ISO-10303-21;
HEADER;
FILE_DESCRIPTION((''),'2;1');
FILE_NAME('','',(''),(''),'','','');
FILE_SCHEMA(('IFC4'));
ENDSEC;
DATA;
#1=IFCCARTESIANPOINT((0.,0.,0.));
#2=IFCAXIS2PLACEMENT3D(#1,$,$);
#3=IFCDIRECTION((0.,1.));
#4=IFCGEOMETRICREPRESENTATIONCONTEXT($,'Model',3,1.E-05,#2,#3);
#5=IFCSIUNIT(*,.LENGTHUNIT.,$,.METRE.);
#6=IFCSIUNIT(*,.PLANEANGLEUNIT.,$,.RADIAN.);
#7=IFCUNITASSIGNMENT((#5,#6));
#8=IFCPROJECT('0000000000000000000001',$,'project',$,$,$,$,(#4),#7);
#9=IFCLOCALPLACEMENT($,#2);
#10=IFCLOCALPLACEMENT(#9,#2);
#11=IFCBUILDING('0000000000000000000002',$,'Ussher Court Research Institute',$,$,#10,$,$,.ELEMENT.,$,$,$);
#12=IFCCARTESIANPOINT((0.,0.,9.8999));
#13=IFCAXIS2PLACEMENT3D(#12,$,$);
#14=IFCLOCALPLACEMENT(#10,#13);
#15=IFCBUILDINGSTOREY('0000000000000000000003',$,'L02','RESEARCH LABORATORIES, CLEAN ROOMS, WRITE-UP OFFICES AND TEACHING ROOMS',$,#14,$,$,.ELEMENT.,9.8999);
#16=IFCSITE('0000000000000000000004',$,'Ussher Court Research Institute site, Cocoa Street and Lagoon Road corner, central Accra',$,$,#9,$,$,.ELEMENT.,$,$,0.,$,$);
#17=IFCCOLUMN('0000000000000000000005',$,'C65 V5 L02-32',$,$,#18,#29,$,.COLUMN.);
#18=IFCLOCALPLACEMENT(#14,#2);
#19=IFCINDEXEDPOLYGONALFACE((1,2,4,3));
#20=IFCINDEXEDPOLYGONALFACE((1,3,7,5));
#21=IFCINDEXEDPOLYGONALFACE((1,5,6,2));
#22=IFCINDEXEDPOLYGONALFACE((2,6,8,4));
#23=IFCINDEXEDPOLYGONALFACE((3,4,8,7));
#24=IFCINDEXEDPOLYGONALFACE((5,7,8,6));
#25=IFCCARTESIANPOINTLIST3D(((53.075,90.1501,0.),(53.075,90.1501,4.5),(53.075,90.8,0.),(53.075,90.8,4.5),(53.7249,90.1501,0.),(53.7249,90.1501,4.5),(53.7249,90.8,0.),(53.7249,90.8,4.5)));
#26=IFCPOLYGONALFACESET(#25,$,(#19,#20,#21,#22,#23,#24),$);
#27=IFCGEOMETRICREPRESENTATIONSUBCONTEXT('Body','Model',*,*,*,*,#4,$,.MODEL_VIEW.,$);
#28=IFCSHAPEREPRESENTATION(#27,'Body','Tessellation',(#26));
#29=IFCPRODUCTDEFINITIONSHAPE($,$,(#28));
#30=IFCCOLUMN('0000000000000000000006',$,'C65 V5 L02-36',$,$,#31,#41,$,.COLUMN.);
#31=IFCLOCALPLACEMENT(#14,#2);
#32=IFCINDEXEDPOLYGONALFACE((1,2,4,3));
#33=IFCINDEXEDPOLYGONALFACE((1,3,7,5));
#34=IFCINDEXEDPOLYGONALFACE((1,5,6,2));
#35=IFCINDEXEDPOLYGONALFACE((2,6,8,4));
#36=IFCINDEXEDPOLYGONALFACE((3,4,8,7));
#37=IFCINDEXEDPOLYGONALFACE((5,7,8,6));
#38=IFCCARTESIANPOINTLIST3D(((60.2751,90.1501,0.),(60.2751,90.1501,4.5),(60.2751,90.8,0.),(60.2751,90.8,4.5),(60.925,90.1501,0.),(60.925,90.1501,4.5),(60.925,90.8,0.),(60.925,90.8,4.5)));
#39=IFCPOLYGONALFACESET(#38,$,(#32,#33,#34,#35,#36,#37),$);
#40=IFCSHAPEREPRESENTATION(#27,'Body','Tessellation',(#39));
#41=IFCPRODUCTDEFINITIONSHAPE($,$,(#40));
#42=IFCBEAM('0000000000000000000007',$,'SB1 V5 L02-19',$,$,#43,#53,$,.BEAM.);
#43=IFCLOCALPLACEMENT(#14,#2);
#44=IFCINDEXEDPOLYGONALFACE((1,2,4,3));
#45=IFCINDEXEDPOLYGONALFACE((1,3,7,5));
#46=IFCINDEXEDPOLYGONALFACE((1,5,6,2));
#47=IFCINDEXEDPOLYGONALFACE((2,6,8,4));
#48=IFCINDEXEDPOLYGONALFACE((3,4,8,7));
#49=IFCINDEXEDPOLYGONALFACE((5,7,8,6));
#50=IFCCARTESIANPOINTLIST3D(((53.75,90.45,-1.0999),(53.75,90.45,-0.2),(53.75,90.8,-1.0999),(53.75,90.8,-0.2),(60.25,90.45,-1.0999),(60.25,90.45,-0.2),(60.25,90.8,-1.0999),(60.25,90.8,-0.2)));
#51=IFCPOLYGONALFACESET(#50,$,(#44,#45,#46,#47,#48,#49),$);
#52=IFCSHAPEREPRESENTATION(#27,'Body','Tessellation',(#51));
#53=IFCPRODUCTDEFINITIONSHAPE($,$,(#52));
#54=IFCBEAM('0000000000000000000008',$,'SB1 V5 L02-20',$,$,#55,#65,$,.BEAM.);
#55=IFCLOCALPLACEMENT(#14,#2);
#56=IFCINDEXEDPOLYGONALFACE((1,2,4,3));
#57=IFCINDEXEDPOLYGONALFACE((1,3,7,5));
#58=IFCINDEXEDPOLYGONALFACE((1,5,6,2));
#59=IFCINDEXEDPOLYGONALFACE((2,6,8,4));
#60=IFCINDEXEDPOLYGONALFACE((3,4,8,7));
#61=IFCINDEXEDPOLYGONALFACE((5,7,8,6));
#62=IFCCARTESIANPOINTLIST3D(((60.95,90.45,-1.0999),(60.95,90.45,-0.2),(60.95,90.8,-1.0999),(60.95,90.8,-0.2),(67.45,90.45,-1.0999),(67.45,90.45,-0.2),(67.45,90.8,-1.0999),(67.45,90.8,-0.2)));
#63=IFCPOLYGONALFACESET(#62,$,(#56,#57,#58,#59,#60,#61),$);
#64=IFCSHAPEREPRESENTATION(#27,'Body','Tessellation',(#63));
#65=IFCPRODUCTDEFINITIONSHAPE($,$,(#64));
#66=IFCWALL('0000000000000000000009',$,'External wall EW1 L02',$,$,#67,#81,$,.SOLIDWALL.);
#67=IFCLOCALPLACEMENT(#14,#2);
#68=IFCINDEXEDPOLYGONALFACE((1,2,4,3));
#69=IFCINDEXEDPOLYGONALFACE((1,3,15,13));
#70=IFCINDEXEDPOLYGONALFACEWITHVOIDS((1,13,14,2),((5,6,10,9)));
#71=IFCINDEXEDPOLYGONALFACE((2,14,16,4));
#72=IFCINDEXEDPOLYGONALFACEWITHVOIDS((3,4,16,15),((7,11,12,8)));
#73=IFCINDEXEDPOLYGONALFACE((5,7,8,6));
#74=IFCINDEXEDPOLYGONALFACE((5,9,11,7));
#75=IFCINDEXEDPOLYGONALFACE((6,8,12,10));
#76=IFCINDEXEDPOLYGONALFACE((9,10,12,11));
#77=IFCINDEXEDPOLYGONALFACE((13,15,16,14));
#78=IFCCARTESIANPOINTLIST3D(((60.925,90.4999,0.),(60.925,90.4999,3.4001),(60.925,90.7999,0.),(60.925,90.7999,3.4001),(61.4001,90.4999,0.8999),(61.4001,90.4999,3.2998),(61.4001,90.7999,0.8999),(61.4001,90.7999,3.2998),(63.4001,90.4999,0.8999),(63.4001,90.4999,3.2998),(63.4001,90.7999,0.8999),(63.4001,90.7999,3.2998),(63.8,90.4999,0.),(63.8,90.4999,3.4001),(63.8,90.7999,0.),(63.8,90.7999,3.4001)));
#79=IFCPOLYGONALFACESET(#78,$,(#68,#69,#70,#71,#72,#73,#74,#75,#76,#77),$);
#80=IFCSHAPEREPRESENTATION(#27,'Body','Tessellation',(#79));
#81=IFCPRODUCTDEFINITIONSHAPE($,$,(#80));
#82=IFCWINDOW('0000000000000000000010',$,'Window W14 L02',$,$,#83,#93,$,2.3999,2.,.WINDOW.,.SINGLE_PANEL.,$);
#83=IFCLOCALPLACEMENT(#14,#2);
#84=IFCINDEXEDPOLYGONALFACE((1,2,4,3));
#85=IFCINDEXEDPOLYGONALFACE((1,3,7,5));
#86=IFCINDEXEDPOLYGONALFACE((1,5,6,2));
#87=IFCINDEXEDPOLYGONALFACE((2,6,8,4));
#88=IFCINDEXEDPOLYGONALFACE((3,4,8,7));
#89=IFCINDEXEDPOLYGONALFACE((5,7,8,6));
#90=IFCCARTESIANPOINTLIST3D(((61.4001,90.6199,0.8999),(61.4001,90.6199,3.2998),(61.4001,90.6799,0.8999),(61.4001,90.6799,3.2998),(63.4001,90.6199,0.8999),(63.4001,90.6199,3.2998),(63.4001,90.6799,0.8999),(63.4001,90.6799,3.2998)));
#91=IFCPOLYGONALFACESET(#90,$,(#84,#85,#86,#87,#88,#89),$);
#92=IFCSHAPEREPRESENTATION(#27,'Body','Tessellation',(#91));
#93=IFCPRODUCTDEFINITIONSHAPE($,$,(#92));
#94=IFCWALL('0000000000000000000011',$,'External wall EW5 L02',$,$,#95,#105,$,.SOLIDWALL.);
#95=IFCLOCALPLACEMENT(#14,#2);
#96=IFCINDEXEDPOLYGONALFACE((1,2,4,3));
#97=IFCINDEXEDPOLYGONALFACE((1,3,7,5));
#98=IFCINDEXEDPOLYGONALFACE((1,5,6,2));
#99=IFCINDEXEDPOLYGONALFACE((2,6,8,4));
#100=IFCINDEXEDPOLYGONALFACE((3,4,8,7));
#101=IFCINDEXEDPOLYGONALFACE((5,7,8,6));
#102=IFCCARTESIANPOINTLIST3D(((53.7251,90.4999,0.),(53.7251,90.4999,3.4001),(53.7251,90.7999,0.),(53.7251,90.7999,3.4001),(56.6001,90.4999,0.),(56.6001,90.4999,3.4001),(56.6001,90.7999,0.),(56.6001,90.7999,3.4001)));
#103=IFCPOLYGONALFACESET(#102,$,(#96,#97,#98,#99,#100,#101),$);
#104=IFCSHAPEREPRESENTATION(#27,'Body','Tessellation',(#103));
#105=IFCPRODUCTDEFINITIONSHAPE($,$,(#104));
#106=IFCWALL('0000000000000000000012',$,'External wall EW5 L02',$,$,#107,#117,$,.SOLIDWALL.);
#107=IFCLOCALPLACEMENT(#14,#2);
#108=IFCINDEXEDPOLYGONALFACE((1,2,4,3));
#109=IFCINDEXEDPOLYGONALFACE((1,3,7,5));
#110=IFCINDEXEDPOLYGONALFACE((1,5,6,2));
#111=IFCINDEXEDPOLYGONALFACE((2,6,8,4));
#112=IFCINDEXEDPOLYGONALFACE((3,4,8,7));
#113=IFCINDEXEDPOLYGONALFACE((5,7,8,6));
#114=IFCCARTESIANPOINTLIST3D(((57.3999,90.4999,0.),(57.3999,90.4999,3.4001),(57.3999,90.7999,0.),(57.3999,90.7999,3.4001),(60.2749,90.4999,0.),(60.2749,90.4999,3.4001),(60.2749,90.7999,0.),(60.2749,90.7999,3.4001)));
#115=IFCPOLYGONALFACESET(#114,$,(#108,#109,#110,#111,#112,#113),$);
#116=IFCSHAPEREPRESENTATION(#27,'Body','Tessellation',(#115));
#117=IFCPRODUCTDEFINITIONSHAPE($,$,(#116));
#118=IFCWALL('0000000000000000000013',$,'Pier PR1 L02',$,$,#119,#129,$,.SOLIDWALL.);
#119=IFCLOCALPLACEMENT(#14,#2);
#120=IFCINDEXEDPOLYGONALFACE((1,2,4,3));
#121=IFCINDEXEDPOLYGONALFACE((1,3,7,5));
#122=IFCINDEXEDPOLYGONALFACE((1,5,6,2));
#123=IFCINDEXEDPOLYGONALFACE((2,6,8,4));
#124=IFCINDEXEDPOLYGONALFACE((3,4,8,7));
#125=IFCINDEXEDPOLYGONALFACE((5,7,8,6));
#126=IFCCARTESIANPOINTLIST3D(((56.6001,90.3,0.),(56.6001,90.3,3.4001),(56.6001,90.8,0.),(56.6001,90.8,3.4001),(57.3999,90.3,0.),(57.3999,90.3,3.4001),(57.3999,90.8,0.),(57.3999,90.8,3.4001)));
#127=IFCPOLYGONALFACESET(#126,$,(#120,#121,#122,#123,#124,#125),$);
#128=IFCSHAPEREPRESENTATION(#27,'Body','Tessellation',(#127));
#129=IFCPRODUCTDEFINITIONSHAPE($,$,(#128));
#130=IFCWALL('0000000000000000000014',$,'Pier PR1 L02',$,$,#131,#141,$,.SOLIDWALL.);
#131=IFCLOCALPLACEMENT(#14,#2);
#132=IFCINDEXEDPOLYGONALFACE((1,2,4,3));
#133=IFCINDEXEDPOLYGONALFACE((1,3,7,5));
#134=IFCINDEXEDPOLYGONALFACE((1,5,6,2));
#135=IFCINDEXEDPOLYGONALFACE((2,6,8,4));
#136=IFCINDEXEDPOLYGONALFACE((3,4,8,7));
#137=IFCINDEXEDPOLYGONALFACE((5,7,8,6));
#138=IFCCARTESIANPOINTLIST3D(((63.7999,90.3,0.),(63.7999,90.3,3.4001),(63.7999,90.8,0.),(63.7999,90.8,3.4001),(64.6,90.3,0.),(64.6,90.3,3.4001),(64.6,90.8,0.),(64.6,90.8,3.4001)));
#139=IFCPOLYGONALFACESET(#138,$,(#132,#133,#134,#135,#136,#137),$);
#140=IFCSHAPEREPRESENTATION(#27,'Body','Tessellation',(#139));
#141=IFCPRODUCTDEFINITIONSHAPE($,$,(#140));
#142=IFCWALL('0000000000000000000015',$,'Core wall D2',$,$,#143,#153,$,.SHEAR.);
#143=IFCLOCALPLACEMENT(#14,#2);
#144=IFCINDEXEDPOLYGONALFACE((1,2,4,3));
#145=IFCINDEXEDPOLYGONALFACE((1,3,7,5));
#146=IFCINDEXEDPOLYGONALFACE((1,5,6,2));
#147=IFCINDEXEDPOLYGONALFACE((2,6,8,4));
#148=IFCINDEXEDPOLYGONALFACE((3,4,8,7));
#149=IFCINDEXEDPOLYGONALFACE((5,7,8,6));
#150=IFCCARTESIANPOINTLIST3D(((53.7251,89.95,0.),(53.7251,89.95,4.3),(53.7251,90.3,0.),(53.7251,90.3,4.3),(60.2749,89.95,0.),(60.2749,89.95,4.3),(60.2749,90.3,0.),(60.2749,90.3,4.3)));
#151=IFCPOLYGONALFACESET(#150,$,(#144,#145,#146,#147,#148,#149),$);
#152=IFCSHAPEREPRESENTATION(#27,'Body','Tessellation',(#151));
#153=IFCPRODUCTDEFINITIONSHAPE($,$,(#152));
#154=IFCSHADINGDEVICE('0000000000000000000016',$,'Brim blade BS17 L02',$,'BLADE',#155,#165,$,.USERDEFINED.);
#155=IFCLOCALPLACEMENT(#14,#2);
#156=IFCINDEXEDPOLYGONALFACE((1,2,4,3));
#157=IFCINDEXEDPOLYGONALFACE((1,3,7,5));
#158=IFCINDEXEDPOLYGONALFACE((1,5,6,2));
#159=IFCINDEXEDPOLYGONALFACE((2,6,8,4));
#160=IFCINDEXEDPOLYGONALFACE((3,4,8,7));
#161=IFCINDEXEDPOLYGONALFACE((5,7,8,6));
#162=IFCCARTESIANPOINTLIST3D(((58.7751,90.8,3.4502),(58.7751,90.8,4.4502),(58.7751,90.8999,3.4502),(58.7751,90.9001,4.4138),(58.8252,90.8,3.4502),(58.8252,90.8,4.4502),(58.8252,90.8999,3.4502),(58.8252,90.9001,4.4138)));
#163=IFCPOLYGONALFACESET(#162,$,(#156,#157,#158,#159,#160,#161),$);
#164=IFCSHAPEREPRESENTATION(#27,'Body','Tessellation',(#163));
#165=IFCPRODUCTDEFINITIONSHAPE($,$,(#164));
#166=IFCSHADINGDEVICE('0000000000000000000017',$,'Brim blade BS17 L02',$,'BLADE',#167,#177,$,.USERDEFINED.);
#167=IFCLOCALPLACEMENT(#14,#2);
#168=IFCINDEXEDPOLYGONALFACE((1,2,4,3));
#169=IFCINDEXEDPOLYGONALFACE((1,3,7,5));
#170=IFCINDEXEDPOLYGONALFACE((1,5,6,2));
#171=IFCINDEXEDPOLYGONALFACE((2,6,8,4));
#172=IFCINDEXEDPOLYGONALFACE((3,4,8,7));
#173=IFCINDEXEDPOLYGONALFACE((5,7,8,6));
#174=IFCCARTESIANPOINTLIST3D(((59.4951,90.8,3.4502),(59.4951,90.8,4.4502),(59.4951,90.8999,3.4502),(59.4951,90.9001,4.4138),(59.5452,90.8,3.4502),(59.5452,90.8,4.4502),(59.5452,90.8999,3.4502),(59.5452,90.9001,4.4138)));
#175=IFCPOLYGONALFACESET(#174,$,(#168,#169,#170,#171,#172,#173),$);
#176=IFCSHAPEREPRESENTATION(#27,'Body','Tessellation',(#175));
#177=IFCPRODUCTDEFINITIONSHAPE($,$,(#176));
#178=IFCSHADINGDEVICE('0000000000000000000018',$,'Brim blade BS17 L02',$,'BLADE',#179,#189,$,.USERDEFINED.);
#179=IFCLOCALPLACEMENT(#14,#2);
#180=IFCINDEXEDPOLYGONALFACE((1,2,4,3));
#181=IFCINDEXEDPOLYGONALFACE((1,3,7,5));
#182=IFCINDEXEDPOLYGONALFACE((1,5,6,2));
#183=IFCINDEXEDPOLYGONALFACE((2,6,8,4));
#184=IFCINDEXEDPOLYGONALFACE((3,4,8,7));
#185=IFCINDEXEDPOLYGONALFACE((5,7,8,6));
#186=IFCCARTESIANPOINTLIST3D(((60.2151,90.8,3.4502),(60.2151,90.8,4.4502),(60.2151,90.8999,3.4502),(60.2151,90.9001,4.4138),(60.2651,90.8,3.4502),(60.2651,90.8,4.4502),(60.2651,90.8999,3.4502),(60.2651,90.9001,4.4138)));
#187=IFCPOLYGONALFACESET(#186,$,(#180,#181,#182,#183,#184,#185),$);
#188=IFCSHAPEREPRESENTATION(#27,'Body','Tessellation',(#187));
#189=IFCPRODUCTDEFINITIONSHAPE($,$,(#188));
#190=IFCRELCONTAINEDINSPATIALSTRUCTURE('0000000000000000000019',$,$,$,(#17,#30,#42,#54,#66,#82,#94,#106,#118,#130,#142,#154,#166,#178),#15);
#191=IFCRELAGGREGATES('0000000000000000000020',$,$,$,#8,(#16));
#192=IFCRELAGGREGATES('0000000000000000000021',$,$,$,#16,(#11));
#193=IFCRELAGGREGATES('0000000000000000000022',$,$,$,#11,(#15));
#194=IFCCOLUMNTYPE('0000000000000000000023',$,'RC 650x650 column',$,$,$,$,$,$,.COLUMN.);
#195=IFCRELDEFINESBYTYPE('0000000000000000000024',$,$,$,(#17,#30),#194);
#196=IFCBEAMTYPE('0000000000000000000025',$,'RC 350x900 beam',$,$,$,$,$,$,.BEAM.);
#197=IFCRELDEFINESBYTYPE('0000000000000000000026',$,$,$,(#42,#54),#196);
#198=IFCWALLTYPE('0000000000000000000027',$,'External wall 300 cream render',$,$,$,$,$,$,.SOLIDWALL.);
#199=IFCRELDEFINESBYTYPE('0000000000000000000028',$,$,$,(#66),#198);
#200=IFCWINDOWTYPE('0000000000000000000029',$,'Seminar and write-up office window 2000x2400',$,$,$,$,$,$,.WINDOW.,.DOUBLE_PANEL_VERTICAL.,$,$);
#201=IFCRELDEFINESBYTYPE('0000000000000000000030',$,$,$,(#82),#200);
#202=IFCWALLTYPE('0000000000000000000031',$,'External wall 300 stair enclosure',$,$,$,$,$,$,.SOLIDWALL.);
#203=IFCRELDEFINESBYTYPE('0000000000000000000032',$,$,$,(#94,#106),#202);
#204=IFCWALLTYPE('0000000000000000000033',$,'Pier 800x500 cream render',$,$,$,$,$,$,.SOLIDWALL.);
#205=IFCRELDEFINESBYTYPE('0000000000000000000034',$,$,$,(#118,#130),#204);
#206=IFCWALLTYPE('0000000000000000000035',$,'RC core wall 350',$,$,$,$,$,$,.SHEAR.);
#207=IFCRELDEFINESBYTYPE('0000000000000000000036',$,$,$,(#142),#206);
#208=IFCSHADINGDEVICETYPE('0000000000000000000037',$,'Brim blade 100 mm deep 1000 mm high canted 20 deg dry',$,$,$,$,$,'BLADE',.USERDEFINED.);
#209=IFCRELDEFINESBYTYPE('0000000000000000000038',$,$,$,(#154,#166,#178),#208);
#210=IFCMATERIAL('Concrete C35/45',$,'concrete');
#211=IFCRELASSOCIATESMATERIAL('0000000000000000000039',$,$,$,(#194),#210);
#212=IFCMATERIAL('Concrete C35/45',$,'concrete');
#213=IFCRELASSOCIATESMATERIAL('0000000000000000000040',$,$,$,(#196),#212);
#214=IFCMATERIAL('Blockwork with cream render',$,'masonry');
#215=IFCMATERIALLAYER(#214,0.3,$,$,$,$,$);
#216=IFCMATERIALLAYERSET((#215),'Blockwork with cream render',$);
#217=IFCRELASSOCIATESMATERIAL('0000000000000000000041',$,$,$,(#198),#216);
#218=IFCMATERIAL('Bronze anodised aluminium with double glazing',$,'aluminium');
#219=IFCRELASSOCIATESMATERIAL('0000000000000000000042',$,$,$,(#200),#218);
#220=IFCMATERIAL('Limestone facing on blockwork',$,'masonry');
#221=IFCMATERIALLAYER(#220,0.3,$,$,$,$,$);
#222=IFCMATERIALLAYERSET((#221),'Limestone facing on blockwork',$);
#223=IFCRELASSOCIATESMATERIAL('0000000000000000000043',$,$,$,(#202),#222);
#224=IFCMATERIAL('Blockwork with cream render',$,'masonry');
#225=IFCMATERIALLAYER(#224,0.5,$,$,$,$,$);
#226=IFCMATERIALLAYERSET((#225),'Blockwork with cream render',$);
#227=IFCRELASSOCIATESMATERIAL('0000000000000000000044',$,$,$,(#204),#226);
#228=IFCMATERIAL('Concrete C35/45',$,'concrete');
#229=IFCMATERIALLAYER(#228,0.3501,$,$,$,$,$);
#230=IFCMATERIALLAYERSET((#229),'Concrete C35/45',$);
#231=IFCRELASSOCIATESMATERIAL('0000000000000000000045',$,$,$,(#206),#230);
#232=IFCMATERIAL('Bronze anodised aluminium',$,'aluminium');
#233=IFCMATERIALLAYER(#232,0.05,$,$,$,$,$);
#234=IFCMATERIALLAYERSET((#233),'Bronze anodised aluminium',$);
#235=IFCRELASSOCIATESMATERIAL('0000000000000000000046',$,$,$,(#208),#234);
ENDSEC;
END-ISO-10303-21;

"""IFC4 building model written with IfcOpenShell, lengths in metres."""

from ifc_helpers import new_model, si_unit, direction, frame, frame_2d, origin, origin_2d, place, context, subcontext, project, spatial, polyline, rectangle, outline, extrude, material, layer, layer_set, material_profile, profile_set, type_object, element, fill, save


model = new_model("IFC4")

# Units and contexts
model_context = context("Model", 3, precision=1e-05, world=origin(), true_north=direction((0.0, 1.0)))
body_context = subcontext(model_context, "Body", "Model", "MODEL_VIEW")
ifc_project = project(units=[si_unit("LENGTHUNIT", "METRE"), si_unit("PLANEANGLEUNIT", "RADIAN")], contexts=[model_context])

# Site, building, storey
site_placement = place(None, origin())
site = spatial("IfcSite", under=ifc_project, at=site_placement, Name="Ussher Court Research Institute site, Cocoa Street and Lagoon Road corner, central Accra", CompositionType="ELEMENT", RefElevation=0.0)
building_placement = place(site_placement, origin())
building = spatial("IfcBuilding", under=site, at=building_placement, Name="Ussher Court Research Institute", CompositionType="ELEMENT")
storey_placement = place(building_placement, frame((0.0, 0.0, 9.8999)))
storey = spatial("IfcBuildingStorey", under=building, at=storey_placement, Name="L02", Description="RESEARCH LABORATORIES, CLEAN ROOMS, WRITE-UP OFFICES AND TEACHING ROOMS", CompositionType="ELEMENT", Elevation=9.8999)

# Columns
ifc_material_1 = material(Name="Concrete C35/45", Category="concrete")
ifc_material_profile_1 = material_profile(ifc_material_1, rectangle(XDim=0.6499, YDim=0.6499, at=origin_2d()), Name="RC 650x650")
ifc_profile_set_1 = profile_set([ifc_material_profile_1], Name="Concrete C35/45")
column_type = type_object("IfcColumnType", Name="RC 650x650 column", PredefinedType="COLUMN", material=ifc_profile_set_1)
for number, where, z_axis, x_axis, name in (
    (1, (53.3999, 90.4751, 0.0), (0.0, 0.0, 1.0), (1.0, 0.0, 0.0), "C65 V5 L02-32"),
    (2, (60.6001, 90.4751, 0.0), (0.0, 0.0, 1.0), (1.0, 0.0, 0.0), "C65 V5 L02-36"),
):
    element("IfcColumn", number, at=place(storey_placement, frame(where, z_axis=z_axis, x_axis=x_axis)), inside=storey, type_object=column_type, Name=name, PredefinedType="COLUMN", context=body_context, shape_type="SweptSolid", body=[
        extrude(rectangle(XDim=0.6499, YDim=0.6499, at=origin_2d()), origin(), (0.0, 0.0, 1.0), 4.5),
    ])

# Beams
ifc_material_2 = material(Name="Concrete C35/45", Category="concrete")
ifc_material_profile_2 = material_profile(ifc_material_2, rectangle(XDim=0.3501, YDim=0.8999, at=origin_2d()), Name="RC 350x900")
ifc_profile_set_2 = profile_set([ifc_material_profile_2], Name="Concrete C35/45")
beam_type = type_object("IfcBeamType", Name="RC 350x900 beam", PredefinedType="BEAM", material=ifc_profile_set_2)
for number, where, z_axis, x_axis, name in (
    (3, (53.75, 90.625, -0.6499), (1.0, 0.0, 0.0), (0.0, 1.0, 0.0), "SB1 V5 L02-19"),
    (4, (60.95, 90.625, -0.6499), (1.0, 0.0, 0.0), (0.0, 1.0, 0.0), "SB1 V5 L02-20"),
):
    element("IfcBeam", number, at=place(storey_placement, frame(where, z_axis=z_axis, x_axis=x_axis)), inside=storey, type_object=beam_type, Name=name, PredefinedType="BEAM", context=body_context, shape_type="SweptSolid", body=[
        extrude(rectangle(XDim=0.3501, YDim=0.8999, at=origin_2d()), origin(), (0.0, 0.0, 1.0), 6.5),
    ])

# Wall, opening, window
ifc_material_3 = material(Name="Blockwork with cream render", Category="masonry")
ifc_layer_1 = layer(ifc_material_3, 0.3)
ifc_layer_set_1 = layer_set([ifc_layer_1], Name="Blockwork with cream render")
wall_type_1 = type_object("IfcWallType", Name="External wall 300 cream render", PredefinedType="SOLIDWALL", material=ifc_layer_set_1)
wall_1_placement = place(storey_placement, frame((60.925, 90.6499, 0.0), z_axis=(0.0, 0.0, 1.0), x_axis=(1.0, 0.0, 0.0)))
wall_1 = element("IfcWall", 5, at=wall_1_placement, inside=storey, type_object=wall_type_1, Name="External wall EW1 L02", PredefinedType="SOLIDWALL", context=body_context, shape_type="SweptSolid", body=[
    extrude(rectangle(XDim=2.875, YDim=0.3, at=frame_2d((1.4375, 0.0))), origin(), (0.0, 0.0, 1.0), 3.4001),
])
opening_placement = place(wall_1_placement, frame((0.4751, 0.0, 0.8999)))
opening = element("IfcOpeningElement", 6, at=opening_placement, cuts=wall_1, PredefinedType="OPENING", context=body_context, shape_type="SweptSolid", body=[
    extrude(rectangle(XDim=2.0, YDim=2.3999, at=frame_2d((1.0, 1.2))), frame((0.0, 0.1602, 0.0), z_axis=(0.0, -1.0, 0.0), x_axis=(1.0, 0.0, 0.0)), (0.0, 0.0, 1.0), 0.3201),
])
ifc_material_4 = material(Name="Bronze anodised aluminium with double glazing", Category="aluminium")
window_type = type_object("IfcWindowType", Name="Seminar and write-up office window 2000x2400", PartitioningType="DOUBLE_PANEL_VERTICAL", PredefinedType="WINDOW", material=ifc_material_4)
window_placement = place(opening_placement, origin())
window = element("IfcWindow", 7, at=window_placement, inside=storey, type_object=window_type, Name="Window W14 L02", OverallHeight=2.3999, OverallWidth=2.0, PartitioningType="SINGLE_PANEL", PredefinedType="WINDOW", context=body_context, shape_type="SweptSolid", body=[
    extrude(rectangle(XDim=2.0, YDim=2.3999, at=frame_2d((1.0, 1.2))), frame((0.0, 0.03, 0.0), z_axis=(0.0, -1.0, 0.0), x_axis=(1.0, 0.0, 0.0)), (0.0, 0.0, 1.0), 0.0601),
])
fill(opening, window)

# Walls
ifc_material_5 = material(Name="Limestone facing on blockwork", Category="masonry")
ifc_layer_2 = layer(ifc_material_5, 0.3)
ifc_layer_set_2 = layer_set([ifc_layer_2], Name="Limestone facing on blockwork")
wall_type_2 = type_object("IfcWallType", Name="External wall 300 stair enclosure", PredefinedType="SOLIDWALL", material=ifc_layer_set_2)
for number, where, z_axis, x_axis, name in (
    (8, (53.7251, 90.6499, 0.0), (0.0, 0.0, 1.0), (1.0, 0.0, 0.0), "External wall EW5 L02"),
    (9, (57.3999, 90.6499, 0.0), (0.0, 0.0, 1.0), (1.0, 0.0, 0.0), "External wall EW5 L02"),
):
    element("IfcWall", number, at=place(storey_placement, frame(where, z_axis=z_axis, x_axis=x_axis)), inside=storey, type_object=wall_type_2, Name=name, PredefinedType="SOLIDWALL", context=body_context, shape_type="SweptSolid", body=[
        extrude(rectangle(XDim=2.875, YDim=0.3, at=frame_2d((1.4375, 0.0))), origin(), (0.0, 0.0, 1.0), 3.4001),
    ])
ifc_material_6 = material(Name="Blockwork with cream render", Category="masonry")
ifc_layer_3 = layer(ifc_material_6, 0.5)
ifc_layer_set_3 = layer_set([ifc_layer_3], Name="Blockwork with cream render")
wall_type_3 = type_object("IfcWallType", Name="Pier 800x500 cream render", PredefinedType="SOLIDWALL", material=ifc_layer_set_3)
wall_2_placement = place(storey_placement, frame((56.6001, 90.55, 0.0), z_axis=(0.0, 0.0, 1.0), x_axis=(1.0, 0.0, 0.0)))
element("IfcWall", 10, at=wall_2_placement, inside=storey, type_object=wall_type_3, Name="Pier PR1 L02", PredefinedType="SOLIDWALL", context=body_context, shape_type="SweptSolid", body=[
    extrude(rectangle(XDim=0.7998, YDim=0.5, at=frame_2d((0.3999, 0.0))), origin(), (0.0, 0.0, 1.0), 3.4001),
])
wall_3_placement = place(storey_placement, frame((63.8, 90.55, 0.0), z_axis=(0.0, 0.0, 1.0), x_axis=(1.0, 0.0, 0.0)))
element("IfcWall", 11, at=wall_3_placement, inside=storey, type_object=wall_type_3, Name="Pier PR1 L02", PredefinedType="SOLIDWALL", context=body_context, shape_type="SweptSolid", body=[
    extrude(rectangle(XDim=0.8, YDim=0.5, at=frame_2d((0.3999, 0.0))), origin(), (0.0, 0.0, 1.0), 3.4001),
])
ifc_material_7 = material(Name="Concrete C35/45", Category="concrete")
ifc_layer_4 = layer(ifc_material_7, 0.3501)
ifc_layer_set_4 = layer_set([ifc_layer_4], Name="Concrete C35/45")
wall_type_4 = type_object("IfcWallType", Name="RC core wall 350", PredefinedType="SHEAR", material=ifc_layer_set_4)
wall_4_placement = place(storey_placement, frame((53.7251, 90.125, 0.0), z_axis=(0.0, 0.0, 1.0), x_axis=(1.0, 0.0, 0.0)))
element("IfcWall", 12, at=wall_4_placement, inside=storey, type_object=wall_type_4, Name="Core wall D2", PredefinedType="SHEAR", context=body_context, shape_type="SweptSolid", body=[
    extrude(rectangle(XDim=6.5498, YDim=0.3501, at=frame_2d((3.2749, 0.0))), origin(), (0.0, 0.0, 1.0), 4.3),
])

# Shading devices
ifc_material_8 = material(Name="Bronze anodised aluminium", Category="aluminium")
ifc_layer_5 = layer(ifc_material_8, 0.05)
ifc_layer_set_5 = layer_set([ifc_layer_5], Name="Bronze anodised aluminium")
shading_device_type_1 = type_object("IfcShadingDeviceType", Name="Brim blade 100 mm deep 1000 mm high canted 20 deg dry", ElementType="BLADE", PredefinedType="USERDEFINED", material=ifc_layer_set_5)
for number, where, z_axis, x_axis, name in (
    (13, (58.8, 90.8, 3.4502), (0.0, 0.0, 1.0), (0.0, 1.0, 0.0), "Brim blade BS17 L02"),
    (14, (59.52, 90.8, 3.4502), (0.0, 0.0, 1.0), (0.0, 1.0, 0.0), "Brim blade BS17 L02"),
    (15, (60.24, 90.8, 3.4502), (0.0, 0.0, 1.0), (0.0, 1.0, 0.0), "Brim blade BS17 L02"),
):
    element("IfcShadingDevice", number, at=place(storey_placement, frame(where, z_axis=z_axis, x_axis=x_axis)), inside=storey, type_object=shading_device_type_1, Name=name, ObjectType="BLADE", PredefinedType="USERDEFINED", context=body_context, shape_type="SweptSolid", body=[
        extrude(outline(polyline([(0.0, 0.0), (0.0999, 0.0), (0.1001, 0.9636), (0.0, 1.0), (0.0, 0.0)])), frame((0.0, 0.0249, 0.0), z_axis=(0.0, -1.0, 0.0), x_axis=(1.0, 0.0, 0.0)), (0.0, 0.0, 1.0), 0.05),
    ])

save(model, "model.ifc")
